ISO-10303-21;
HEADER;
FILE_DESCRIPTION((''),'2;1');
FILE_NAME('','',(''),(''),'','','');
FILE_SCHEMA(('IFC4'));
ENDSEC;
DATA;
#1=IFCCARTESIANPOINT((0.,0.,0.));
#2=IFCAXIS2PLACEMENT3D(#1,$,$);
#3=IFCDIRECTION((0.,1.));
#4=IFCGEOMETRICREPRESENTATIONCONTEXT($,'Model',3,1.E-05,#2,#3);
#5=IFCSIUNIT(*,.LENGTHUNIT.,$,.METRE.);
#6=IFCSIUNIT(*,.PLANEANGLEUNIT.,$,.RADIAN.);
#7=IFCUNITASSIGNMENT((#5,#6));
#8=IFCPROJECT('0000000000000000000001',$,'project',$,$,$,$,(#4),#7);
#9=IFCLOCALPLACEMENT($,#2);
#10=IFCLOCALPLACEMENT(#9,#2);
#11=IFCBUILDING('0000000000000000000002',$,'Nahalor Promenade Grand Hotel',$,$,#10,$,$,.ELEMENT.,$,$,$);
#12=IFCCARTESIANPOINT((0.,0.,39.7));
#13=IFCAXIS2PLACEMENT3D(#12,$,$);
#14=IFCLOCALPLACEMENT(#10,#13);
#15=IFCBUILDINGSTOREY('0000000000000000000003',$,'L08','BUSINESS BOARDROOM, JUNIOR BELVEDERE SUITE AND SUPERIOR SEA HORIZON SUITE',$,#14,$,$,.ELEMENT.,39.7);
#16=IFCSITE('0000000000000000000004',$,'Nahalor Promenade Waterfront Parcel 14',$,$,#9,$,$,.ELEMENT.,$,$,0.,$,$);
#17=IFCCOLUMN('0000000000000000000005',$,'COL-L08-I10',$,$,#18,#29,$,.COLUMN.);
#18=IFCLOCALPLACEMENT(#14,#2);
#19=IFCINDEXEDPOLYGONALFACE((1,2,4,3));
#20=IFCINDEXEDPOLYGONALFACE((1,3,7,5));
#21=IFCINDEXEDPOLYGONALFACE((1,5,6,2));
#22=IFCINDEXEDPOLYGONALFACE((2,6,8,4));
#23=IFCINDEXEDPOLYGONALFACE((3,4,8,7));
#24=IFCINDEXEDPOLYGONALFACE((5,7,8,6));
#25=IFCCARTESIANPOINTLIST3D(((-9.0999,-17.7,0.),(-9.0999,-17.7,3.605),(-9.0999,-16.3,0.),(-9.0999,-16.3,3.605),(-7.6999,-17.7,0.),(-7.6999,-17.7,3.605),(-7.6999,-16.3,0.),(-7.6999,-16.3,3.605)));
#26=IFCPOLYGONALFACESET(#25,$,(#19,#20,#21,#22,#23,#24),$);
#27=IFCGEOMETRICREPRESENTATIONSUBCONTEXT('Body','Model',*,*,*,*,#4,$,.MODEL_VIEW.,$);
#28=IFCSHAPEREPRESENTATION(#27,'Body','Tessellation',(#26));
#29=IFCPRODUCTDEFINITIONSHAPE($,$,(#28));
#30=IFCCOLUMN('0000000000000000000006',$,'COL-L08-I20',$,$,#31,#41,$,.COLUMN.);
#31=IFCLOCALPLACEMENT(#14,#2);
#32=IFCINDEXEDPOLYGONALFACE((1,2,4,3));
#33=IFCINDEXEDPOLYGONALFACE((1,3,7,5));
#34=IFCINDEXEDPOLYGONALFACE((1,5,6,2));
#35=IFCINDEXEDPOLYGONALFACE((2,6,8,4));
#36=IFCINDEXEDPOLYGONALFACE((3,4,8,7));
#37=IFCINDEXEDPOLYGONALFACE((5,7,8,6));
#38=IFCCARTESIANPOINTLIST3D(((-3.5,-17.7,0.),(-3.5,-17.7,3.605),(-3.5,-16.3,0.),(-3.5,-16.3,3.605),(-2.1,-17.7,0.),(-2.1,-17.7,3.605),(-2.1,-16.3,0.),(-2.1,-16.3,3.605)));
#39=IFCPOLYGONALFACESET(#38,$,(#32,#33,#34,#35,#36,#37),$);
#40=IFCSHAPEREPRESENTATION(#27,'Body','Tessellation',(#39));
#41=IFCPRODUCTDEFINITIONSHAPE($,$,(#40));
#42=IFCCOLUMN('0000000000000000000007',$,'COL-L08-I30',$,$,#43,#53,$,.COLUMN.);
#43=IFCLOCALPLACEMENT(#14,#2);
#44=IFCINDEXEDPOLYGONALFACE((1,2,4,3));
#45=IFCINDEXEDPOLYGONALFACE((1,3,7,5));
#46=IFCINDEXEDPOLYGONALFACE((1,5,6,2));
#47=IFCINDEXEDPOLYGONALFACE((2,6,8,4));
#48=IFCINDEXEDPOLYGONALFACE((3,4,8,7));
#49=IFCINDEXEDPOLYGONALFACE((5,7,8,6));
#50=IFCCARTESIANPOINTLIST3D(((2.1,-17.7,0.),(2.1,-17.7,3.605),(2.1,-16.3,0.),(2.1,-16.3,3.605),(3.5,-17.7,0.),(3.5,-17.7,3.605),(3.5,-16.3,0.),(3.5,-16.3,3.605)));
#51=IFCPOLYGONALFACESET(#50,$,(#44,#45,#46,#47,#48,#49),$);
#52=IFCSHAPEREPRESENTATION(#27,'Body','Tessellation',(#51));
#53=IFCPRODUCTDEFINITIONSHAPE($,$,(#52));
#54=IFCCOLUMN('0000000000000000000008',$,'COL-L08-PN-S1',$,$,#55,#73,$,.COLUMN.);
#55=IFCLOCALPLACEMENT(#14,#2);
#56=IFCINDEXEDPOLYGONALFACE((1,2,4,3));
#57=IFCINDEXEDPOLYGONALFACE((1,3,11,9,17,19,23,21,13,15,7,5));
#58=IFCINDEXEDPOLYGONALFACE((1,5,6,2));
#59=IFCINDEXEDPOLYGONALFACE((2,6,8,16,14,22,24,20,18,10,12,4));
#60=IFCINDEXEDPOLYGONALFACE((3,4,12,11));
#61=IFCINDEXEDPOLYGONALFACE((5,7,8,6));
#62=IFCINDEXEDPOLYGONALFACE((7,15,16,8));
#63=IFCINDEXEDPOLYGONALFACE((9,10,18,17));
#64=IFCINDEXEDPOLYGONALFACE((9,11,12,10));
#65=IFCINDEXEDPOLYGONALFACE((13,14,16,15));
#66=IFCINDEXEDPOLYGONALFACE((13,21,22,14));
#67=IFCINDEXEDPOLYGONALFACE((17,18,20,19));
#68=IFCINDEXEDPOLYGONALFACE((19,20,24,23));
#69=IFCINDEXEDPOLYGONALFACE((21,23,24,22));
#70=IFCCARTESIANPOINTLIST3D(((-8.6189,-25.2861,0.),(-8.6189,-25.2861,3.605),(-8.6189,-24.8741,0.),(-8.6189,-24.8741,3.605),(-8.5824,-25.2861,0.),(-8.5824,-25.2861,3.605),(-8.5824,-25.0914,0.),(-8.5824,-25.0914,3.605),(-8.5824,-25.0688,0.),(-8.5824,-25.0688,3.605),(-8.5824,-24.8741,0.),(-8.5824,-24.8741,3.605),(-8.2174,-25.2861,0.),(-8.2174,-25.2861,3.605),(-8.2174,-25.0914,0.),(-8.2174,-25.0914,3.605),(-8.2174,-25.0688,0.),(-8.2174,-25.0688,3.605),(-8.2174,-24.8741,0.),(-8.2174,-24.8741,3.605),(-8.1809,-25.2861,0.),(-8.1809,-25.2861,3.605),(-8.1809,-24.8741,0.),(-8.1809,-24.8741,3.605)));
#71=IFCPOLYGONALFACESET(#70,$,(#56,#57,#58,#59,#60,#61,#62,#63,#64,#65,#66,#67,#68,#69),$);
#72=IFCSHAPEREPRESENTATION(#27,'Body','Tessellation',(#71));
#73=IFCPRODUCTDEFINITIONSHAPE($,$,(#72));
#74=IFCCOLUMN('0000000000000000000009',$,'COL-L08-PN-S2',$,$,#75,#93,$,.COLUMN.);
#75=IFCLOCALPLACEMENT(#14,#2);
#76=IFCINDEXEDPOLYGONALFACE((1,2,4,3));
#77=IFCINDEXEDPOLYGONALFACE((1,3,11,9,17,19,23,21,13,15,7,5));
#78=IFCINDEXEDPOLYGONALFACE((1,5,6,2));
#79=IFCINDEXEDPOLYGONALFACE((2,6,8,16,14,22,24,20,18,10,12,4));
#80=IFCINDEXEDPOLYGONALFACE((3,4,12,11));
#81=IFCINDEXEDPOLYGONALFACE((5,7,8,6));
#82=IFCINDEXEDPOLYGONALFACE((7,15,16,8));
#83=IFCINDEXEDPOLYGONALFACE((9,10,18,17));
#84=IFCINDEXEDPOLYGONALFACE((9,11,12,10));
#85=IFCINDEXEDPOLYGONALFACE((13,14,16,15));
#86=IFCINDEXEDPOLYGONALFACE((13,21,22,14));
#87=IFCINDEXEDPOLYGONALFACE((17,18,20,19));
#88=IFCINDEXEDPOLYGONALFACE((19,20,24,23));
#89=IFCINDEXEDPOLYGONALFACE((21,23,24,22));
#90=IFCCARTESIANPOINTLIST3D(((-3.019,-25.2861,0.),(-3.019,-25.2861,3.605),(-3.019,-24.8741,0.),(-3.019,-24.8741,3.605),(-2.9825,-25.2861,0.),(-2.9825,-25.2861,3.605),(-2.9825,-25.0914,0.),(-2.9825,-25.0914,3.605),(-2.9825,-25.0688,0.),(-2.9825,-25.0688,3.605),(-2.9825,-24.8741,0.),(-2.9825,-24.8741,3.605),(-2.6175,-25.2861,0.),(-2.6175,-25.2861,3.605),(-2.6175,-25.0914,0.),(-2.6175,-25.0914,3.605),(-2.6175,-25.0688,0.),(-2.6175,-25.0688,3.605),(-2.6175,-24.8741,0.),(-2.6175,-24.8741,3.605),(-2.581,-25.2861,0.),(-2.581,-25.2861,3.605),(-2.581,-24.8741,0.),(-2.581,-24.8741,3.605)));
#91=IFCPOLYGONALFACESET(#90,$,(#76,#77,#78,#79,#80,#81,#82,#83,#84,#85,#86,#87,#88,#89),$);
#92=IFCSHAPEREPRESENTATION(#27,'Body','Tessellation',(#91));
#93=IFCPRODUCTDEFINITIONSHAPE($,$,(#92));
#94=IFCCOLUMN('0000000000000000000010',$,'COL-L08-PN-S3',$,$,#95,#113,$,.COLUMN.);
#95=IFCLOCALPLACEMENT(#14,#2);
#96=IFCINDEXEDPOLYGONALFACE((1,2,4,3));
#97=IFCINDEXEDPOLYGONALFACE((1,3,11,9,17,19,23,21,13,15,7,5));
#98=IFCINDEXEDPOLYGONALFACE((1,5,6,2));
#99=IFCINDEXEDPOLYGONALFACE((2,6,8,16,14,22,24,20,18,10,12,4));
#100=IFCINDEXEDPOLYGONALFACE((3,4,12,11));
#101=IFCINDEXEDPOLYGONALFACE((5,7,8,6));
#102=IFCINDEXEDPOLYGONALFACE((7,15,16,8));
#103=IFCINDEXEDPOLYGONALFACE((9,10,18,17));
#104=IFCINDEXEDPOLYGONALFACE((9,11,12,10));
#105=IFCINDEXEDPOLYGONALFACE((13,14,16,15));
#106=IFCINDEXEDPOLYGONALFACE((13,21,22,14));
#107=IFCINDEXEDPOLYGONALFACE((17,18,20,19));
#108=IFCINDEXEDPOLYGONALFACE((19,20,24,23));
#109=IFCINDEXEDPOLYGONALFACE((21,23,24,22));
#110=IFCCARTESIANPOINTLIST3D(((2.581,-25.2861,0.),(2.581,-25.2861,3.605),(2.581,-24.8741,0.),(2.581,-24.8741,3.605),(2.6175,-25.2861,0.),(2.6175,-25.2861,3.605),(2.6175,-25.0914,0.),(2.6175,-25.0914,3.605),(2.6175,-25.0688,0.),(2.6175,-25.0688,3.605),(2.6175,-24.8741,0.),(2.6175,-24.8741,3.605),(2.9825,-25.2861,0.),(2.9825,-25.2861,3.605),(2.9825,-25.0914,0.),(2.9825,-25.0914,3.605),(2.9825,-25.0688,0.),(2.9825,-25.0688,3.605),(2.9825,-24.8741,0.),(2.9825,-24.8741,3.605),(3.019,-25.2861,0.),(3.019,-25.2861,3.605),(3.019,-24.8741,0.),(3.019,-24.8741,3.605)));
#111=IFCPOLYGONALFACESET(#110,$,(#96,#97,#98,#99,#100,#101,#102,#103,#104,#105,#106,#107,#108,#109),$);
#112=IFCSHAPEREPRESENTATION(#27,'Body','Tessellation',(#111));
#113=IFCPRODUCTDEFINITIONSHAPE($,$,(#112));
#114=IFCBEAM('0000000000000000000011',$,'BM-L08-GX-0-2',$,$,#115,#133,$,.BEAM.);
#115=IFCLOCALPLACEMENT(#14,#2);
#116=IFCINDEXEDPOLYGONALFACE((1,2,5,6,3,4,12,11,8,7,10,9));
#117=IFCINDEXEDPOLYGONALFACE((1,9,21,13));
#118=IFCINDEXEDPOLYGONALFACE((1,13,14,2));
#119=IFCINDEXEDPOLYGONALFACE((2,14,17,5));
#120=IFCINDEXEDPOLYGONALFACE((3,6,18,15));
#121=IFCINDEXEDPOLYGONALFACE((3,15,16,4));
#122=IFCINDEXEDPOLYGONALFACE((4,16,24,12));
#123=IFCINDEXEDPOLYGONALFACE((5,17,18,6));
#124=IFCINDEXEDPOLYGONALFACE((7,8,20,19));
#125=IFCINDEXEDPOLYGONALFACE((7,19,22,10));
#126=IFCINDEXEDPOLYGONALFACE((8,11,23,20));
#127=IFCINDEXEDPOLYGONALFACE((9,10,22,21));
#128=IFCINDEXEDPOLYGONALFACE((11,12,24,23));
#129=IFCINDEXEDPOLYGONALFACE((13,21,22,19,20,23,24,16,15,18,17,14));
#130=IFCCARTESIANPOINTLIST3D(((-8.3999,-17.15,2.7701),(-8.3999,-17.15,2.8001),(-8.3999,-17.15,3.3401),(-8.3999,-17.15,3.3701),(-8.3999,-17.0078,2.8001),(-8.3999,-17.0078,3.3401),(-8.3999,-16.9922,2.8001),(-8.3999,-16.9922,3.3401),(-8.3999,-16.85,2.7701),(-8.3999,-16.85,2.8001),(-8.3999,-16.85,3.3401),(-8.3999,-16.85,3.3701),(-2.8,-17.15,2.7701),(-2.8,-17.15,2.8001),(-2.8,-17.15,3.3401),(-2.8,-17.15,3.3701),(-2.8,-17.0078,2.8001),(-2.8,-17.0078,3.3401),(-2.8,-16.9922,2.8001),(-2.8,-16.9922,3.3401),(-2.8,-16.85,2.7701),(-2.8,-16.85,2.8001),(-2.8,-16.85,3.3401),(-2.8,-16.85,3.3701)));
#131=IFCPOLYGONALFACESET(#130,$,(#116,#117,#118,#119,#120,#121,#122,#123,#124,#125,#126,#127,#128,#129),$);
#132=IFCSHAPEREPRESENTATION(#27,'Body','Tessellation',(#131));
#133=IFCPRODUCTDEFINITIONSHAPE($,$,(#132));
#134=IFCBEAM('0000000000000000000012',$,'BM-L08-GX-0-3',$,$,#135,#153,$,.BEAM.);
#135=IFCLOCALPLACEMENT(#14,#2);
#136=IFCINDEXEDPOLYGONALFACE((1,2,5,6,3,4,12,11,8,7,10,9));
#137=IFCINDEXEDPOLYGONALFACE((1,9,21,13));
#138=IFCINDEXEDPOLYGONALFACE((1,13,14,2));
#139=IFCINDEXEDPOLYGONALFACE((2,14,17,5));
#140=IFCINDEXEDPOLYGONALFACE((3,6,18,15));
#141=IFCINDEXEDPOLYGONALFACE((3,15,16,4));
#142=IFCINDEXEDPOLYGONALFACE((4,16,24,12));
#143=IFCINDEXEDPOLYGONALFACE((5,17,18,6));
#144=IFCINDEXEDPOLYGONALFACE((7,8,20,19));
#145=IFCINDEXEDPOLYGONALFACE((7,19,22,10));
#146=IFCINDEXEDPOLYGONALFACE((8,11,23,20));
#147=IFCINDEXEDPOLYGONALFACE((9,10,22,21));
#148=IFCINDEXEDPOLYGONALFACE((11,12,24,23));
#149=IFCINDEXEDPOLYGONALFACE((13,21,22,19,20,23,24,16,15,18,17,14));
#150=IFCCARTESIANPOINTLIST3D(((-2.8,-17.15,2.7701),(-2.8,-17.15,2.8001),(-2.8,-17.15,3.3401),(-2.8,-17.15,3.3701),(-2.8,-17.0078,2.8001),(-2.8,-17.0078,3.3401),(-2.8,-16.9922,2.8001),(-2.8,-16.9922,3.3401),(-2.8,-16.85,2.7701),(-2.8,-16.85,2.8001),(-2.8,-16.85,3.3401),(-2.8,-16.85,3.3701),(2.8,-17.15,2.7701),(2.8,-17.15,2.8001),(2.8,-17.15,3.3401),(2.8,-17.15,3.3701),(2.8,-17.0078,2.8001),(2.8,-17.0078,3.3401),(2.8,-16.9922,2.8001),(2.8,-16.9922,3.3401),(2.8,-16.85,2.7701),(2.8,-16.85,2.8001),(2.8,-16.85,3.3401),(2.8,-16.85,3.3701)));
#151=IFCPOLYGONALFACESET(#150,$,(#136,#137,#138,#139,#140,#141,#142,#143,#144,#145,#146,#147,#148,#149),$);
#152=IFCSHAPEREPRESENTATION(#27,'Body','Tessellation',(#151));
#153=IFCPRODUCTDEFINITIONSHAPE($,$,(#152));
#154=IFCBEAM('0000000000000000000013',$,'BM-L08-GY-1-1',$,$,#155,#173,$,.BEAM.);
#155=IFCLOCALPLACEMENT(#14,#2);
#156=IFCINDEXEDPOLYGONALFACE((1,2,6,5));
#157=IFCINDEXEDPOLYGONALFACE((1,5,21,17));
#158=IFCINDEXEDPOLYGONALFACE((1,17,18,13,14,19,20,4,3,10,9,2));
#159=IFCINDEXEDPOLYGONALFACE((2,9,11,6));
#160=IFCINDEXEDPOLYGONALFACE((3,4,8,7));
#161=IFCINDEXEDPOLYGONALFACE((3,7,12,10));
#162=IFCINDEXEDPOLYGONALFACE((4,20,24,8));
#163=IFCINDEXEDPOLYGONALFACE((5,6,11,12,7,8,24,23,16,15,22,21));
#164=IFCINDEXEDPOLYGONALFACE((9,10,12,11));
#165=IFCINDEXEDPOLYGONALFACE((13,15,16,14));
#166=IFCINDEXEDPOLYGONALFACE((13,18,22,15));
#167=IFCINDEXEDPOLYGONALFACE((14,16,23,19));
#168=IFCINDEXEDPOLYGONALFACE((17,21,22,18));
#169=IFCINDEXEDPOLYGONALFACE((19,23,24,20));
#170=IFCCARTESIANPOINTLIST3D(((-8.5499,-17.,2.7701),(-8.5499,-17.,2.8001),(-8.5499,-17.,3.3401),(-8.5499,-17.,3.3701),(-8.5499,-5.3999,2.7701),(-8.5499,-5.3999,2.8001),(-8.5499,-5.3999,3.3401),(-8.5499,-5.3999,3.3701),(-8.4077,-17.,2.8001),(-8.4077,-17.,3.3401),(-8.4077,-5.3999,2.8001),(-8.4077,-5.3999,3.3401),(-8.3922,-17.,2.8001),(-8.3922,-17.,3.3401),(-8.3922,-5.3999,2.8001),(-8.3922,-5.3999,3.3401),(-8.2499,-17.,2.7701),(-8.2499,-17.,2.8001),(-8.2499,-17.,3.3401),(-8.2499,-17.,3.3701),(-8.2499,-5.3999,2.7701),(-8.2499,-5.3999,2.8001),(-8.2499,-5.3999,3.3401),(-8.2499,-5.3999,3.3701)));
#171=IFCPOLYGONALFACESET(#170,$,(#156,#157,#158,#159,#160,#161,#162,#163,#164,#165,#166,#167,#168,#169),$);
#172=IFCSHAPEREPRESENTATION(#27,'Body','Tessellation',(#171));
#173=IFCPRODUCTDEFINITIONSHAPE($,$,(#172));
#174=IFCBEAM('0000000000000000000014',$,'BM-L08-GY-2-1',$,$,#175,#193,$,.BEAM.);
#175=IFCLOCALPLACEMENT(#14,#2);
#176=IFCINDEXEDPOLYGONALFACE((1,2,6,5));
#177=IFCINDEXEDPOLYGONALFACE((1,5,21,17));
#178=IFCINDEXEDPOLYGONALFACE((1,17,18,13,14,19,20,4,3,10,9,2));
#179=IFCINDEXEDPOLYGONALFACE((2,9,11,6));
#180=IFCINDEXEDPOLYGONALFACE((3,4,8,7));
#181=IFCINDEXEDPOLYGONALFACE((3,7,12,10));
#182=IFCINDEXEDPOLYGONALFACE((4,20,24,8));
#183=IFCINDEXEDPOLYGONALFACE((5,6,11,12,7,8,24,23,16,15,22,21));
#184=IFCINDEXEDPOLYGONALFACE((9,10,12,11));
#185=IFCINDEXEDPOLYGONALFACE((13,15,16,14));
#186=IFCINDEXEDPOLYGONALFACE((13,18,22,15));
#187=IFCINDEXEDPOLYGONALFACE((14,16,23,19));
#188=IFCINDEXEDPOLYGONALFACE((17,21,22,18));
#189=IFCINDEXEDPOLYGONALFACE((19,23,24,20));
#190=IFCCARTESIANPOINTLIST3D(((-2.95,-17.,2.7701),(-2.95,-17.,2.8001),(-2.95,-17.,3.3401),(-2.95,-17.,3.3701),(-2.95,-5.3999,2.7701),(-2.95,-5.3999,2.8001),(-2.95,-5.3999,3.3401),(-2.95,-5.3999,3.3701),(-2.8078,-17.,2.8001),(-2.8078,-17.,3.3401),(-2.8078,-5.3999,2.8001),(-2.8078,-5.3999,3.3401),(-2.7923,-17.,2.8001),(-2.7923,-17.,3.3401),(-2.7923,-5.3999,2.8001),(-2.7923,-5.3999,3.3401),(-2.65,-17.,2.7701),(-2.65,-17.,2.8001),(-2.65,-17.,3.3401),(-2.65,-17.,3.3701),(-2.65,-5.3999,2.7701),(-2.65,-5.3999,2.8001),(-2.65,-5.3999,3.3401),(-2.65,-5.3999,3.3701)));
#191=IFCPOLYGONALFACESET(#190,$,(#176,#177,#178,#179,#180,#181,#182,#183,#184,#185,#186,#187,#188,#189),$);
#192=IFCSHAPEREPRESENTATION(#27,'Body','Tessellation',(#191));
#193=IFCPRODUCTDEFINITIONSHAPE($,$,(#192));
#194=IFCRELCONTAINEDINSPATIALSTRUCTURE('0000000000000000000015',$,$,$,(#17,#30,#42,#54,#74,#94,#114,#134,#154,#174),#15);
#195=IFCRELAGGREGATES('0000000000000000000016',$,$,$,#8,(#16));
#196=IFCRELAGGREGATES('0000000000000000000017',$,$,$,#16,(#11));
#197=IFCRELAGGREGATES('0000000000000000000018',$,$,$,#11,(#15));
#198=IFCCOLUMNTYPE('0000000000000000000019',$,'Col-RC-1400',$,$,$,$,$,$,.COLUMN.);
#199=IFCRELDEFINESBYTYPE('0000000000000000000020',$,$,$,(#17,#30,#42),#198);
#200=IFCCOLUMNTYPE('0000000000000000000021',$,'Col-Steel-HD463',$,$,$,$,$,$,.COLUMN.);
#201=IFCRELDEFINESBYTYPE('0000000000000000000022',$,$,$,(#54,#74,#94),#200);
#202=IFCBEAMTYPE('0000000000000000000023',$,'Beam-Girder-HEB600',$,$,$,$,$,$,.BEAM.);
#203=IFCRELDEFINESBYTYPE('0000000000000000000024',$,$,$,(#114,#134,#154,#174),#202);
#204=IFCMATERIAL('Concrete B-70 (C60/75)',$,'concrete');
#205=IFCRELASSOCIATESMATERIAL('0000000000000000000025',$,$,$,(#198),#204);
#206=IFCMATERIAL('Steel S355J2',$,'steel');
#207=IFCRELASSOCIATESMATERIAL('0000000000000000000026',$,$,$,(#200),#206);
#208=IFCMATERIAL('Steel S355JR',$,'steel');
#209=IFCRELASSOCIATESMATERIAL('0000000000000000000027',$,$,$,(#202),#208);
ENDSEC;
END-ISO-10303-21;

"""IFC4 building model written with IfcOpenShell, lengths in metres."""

from ifc_helpers import new_model, si_unit, direction, frame, origin, origin_2d, place, context, subcontext, project, spatial, rectangle, i_section, extrude, source, transform, mapped, material, material_profile, profile_set, type_object, element, save


model = new_model("IFC4")

# Units and contexts
model_context = context("Model", 3, precision=1e-05, world=origin(), true_north=direction((0.0, 1.0)))
body_context = subcontext(model_context, "Body", "Model", "MODEL_VIEW")
ifc_project = project(units=[si_unit("LENGTHUNIT", "METRE"), si_unit("PLANEANGLEUNIT", "RADIAN")], contexts=[model_context])

# Site, building, storey
site_placement = place(None, origin())
site = spatial("IfcSite", under=ifc_project, at=site_placement, Name="Nahalor Promenade Waterfront Parcel 14", CompositionType="ELEMENT", RefElevation=0.0)
building_placement = place(site_placement, origin())
building = spatial("IfcBuilding", under=site, at=building_placement, Name="Nahalor Promenade Grand Hotel", CompositionType="ELEMENT")
storey_placement = place(building_placement, frame((0.0, 0.0, 39.7)))
storey = spatial("IfcBuildingStorey", under=building, at=storey_placement, Name="L08", Description="BUSINESS BOARDROOM, JUNIOR BELVEDERE SUITE AND SUPERIOR SEA HORIZON SUITE", CompositionType="ELEMENT", Elevation=39.7)

# Columns
ifc_material_1 = material(Name="Concrete B-70 (C60/75)", Category="concrete")
ifc_material_profile_1 = material_profile(ifc_material_1, rectangle(XDim=1.4, YDim=1.4, at=origin_2d()), Name="RC 1400x1400")
ifc_profile_set_1 = profile_set([ifc_material_profile_1], Name="Concrete B-70 (C60/75)")
column_type_1 = type_object("IfcColumnType", Name="Col-RC-1400", PredefinedType="COLUMN", material=ifc_profile_set_1)
shared_shape_1 = source(origin(), body_context, "Body", "SweptSolid", [
    extrude(rectangle(XDim=1.4, YDim=1.4, at=origin_2d()), origin(), (0.0, 0.0, 1.0), 3.605),
])
for number, where, z_axis, x_axis, name in (
    (1, (-8.3999, -17.0, 0.0), (0.0, 0.0, 1.0), (1.0, 0.0, 0.0), "COL-L08-I10"),
    (2, (-2.8, -17.0, 0.0), (0.0, 0.0, 1.0), (1.0, 0.0, 0.0), "COL-L08-I20"),
    (3, (2.8, -17.0, 0.0), (0.0, 0.0, 1.0), (1.0, 0.0, 0.0), "COL-L08-I30"),
):
    element("IfcColumn", number, at=place(storey_placement, frame(where, z_axis=z_axis, x_axis=x_axis)), inside=storey, type_object=column_type_1, Name=name, PredefinedType="COLUMN", context=body_context, shape_type="MappedRepresentation", body=[
        mapped(shared_shape_1, transform((0.0, 0.0, 0.0), scale=1.0)),
    ])
ifc_material_2 = material(Name="Steel S355J2", Category="steel")
ifc_material_profile_2 = material_profile(ifc_material_2, i_section(OverallWidth=0.412, OverallDepth=0.438, WebThickness=0.0226, FlangeThickness=0.0365, at=origin_2d()), Name="HD 400x463")
ifc_profile_set_2 = profile_set([ifc_material_profile_2], Name="Steel S355J2")
column_type_2 = type_object("IfcColumnType", Name="Col-Steel-HD463", PredefinedType="COLUMN", material=ifc_profile_set_2)
shared_shape_2 = source(origin(), body_context, "Body", "SweptSolid", [
    extrude(i_section(OverallWidth=0.412, OverallDepth=0.438, WebThickness=0.0226, FlangeThickness=0.0365, at=origin_2d()), origin(), (0.0, 0.0, 1.0), 3.605),
])
for number, where, z_axis, x_axis, name in (
    (4, (-8.3999, -25.0801, 0.0), (0.0, 0.0, 1.0), (0.0, 1.0, 0.0), "COL-L08-PN-S1"),
    (5, (-2.8, -25.0801, 0.0), (0.0, 0.0, 1.0), (0.0, 1.0, 0.0), "COL-L08-PN-S2"),
    (6, (2.8, -25.0801, 0.0), (0.0, 0.0, 1.0), (0.0, 1.0, 0.0), "COL-L08-PN-S3"),
):
    element("IfcColumn", number, at=place(storey_placement, frame(where, z_axis=z_axis, x_axis=x_axis)), inside=storey, type_object=column_type_2, Name=name, PredefinedType="COLUMN", context=body_context, shape_type="MappedRepresentation", body=[
        mapped(shared_shape_2, transform((0.0, 0.0, 0.0), scale=1.0)),
    ])

# Beams
ifc_material_3 = material(Name="Steel S355JR", Category="steel")
ifc_material_profile_3 = material_profile(ifc_material_3, i_section(OverallWidth=0.3, OverallDepth=0.6, WebThickness=0.0155, FlangeThickness=0.03, at=origin_2d()), Name="HEB 600")
ifc_profile_set_3 = profile_set([ifc_material_profile_3], Name="Steel S355JR")
beam_type_1 = type_object("IfcBeamType", Name="Beam-Girder-HEB600", PredefinedType="BEAM", material=ifc_profile_set_3)
shared_shape_3 = source(origin(), body_context, "Body", "SweptSolid", [
    extrude(i_section(OverallWidth=0.3, OverallDepth=0.6, WebThickness=0.0155, FlangeThickness=0.03, at=origin_2d()), origin(), (0.0, 0.0, 1.0), 5.5999),
])
beam_1_placement = place(storey_placement, frame((-8.3999, -17.0, 3.0701), z_axis=(1.0, 0.0, 0.0), x_axis=(0.0, 1.0, 0.0)))
element("IfcBeam", 7, at=beam_1_placement, inside=storey, type_object=beam_type_1, Name="BM-L08-GX-0-2", PredefinedType="BEAM", context=body_context, shape_type="MappedRepresentation", body=[
    mapped(shared_shape_3, transform((0.0, 0.0, 0.0), scale=1.0)),
])
shared_shape_4 = source(origin(), body_context, "Body", "SweptSolid", [
    extrude(i_section(OverallWidth=0.3, OverallDepth=0.6, WebThickness=0.0155, FlangeThickness=0.03, at=origin_2d()), origin(), (0.0, 0.0, 1.0), 5.6001),
])
beam_2_placement = place(storey_placement, frame((-2.8, -17.0, 3.0701), z_axis=(1.0, 0.0, 0.0), x_axis=(0.0, 1.0, 0.0)))
element("IfcBeam", 8, at=beam_2_placement, inside=storey, type_object=beam_type_1, Name="BM-L08-GX-0-3", PredefinedType="BEAM", context=body_context, shape_type="MappedRepresentation", body=[
    mapped(shared_shape_4, transform((0.0, 0.0, 0.0), scale=1.0)),
])
shared_shape_5 = source(origin(), body_context, "Body", "SweptSolid", [
    extrude(i_section(OverallWidth=0.3, OverallDepth=0.6, WebThickness=0.0155, FlangeThickness=0.03, at=origin_2d()), origin(), (0.0, 0.0, 1.0), 11.6001),
])
for number, where, z_axis, x_axis, name in (
    (9, (-8.3999, -17.0, 3.0701), (0.0, 1.0, 0.0), (-1.0, 0.0, 0.0), "BM-L08-GY-1-1"),
    (10, (-2.8, -17.0, 3.0701), (0.0, 1.0, 0.0), (-1.0, 0.0, 0.0), "BM-L08-GY-2-1"),
):
    element("IfcBeam", number, at=place(storey_placement, frame(where, z_axis=z_axis, x_axis=x_axis)), inside=storey, type_object=beam_type_1, Name=name, PredefinedType="BEAM", context=body_context, shape_type="MappedRepresentation", body=[
        mapped(shared_shape_5, transform((0.0, 0.0, 0.0), scale=1.0)),
    ])

save(model, "model.ifc")
